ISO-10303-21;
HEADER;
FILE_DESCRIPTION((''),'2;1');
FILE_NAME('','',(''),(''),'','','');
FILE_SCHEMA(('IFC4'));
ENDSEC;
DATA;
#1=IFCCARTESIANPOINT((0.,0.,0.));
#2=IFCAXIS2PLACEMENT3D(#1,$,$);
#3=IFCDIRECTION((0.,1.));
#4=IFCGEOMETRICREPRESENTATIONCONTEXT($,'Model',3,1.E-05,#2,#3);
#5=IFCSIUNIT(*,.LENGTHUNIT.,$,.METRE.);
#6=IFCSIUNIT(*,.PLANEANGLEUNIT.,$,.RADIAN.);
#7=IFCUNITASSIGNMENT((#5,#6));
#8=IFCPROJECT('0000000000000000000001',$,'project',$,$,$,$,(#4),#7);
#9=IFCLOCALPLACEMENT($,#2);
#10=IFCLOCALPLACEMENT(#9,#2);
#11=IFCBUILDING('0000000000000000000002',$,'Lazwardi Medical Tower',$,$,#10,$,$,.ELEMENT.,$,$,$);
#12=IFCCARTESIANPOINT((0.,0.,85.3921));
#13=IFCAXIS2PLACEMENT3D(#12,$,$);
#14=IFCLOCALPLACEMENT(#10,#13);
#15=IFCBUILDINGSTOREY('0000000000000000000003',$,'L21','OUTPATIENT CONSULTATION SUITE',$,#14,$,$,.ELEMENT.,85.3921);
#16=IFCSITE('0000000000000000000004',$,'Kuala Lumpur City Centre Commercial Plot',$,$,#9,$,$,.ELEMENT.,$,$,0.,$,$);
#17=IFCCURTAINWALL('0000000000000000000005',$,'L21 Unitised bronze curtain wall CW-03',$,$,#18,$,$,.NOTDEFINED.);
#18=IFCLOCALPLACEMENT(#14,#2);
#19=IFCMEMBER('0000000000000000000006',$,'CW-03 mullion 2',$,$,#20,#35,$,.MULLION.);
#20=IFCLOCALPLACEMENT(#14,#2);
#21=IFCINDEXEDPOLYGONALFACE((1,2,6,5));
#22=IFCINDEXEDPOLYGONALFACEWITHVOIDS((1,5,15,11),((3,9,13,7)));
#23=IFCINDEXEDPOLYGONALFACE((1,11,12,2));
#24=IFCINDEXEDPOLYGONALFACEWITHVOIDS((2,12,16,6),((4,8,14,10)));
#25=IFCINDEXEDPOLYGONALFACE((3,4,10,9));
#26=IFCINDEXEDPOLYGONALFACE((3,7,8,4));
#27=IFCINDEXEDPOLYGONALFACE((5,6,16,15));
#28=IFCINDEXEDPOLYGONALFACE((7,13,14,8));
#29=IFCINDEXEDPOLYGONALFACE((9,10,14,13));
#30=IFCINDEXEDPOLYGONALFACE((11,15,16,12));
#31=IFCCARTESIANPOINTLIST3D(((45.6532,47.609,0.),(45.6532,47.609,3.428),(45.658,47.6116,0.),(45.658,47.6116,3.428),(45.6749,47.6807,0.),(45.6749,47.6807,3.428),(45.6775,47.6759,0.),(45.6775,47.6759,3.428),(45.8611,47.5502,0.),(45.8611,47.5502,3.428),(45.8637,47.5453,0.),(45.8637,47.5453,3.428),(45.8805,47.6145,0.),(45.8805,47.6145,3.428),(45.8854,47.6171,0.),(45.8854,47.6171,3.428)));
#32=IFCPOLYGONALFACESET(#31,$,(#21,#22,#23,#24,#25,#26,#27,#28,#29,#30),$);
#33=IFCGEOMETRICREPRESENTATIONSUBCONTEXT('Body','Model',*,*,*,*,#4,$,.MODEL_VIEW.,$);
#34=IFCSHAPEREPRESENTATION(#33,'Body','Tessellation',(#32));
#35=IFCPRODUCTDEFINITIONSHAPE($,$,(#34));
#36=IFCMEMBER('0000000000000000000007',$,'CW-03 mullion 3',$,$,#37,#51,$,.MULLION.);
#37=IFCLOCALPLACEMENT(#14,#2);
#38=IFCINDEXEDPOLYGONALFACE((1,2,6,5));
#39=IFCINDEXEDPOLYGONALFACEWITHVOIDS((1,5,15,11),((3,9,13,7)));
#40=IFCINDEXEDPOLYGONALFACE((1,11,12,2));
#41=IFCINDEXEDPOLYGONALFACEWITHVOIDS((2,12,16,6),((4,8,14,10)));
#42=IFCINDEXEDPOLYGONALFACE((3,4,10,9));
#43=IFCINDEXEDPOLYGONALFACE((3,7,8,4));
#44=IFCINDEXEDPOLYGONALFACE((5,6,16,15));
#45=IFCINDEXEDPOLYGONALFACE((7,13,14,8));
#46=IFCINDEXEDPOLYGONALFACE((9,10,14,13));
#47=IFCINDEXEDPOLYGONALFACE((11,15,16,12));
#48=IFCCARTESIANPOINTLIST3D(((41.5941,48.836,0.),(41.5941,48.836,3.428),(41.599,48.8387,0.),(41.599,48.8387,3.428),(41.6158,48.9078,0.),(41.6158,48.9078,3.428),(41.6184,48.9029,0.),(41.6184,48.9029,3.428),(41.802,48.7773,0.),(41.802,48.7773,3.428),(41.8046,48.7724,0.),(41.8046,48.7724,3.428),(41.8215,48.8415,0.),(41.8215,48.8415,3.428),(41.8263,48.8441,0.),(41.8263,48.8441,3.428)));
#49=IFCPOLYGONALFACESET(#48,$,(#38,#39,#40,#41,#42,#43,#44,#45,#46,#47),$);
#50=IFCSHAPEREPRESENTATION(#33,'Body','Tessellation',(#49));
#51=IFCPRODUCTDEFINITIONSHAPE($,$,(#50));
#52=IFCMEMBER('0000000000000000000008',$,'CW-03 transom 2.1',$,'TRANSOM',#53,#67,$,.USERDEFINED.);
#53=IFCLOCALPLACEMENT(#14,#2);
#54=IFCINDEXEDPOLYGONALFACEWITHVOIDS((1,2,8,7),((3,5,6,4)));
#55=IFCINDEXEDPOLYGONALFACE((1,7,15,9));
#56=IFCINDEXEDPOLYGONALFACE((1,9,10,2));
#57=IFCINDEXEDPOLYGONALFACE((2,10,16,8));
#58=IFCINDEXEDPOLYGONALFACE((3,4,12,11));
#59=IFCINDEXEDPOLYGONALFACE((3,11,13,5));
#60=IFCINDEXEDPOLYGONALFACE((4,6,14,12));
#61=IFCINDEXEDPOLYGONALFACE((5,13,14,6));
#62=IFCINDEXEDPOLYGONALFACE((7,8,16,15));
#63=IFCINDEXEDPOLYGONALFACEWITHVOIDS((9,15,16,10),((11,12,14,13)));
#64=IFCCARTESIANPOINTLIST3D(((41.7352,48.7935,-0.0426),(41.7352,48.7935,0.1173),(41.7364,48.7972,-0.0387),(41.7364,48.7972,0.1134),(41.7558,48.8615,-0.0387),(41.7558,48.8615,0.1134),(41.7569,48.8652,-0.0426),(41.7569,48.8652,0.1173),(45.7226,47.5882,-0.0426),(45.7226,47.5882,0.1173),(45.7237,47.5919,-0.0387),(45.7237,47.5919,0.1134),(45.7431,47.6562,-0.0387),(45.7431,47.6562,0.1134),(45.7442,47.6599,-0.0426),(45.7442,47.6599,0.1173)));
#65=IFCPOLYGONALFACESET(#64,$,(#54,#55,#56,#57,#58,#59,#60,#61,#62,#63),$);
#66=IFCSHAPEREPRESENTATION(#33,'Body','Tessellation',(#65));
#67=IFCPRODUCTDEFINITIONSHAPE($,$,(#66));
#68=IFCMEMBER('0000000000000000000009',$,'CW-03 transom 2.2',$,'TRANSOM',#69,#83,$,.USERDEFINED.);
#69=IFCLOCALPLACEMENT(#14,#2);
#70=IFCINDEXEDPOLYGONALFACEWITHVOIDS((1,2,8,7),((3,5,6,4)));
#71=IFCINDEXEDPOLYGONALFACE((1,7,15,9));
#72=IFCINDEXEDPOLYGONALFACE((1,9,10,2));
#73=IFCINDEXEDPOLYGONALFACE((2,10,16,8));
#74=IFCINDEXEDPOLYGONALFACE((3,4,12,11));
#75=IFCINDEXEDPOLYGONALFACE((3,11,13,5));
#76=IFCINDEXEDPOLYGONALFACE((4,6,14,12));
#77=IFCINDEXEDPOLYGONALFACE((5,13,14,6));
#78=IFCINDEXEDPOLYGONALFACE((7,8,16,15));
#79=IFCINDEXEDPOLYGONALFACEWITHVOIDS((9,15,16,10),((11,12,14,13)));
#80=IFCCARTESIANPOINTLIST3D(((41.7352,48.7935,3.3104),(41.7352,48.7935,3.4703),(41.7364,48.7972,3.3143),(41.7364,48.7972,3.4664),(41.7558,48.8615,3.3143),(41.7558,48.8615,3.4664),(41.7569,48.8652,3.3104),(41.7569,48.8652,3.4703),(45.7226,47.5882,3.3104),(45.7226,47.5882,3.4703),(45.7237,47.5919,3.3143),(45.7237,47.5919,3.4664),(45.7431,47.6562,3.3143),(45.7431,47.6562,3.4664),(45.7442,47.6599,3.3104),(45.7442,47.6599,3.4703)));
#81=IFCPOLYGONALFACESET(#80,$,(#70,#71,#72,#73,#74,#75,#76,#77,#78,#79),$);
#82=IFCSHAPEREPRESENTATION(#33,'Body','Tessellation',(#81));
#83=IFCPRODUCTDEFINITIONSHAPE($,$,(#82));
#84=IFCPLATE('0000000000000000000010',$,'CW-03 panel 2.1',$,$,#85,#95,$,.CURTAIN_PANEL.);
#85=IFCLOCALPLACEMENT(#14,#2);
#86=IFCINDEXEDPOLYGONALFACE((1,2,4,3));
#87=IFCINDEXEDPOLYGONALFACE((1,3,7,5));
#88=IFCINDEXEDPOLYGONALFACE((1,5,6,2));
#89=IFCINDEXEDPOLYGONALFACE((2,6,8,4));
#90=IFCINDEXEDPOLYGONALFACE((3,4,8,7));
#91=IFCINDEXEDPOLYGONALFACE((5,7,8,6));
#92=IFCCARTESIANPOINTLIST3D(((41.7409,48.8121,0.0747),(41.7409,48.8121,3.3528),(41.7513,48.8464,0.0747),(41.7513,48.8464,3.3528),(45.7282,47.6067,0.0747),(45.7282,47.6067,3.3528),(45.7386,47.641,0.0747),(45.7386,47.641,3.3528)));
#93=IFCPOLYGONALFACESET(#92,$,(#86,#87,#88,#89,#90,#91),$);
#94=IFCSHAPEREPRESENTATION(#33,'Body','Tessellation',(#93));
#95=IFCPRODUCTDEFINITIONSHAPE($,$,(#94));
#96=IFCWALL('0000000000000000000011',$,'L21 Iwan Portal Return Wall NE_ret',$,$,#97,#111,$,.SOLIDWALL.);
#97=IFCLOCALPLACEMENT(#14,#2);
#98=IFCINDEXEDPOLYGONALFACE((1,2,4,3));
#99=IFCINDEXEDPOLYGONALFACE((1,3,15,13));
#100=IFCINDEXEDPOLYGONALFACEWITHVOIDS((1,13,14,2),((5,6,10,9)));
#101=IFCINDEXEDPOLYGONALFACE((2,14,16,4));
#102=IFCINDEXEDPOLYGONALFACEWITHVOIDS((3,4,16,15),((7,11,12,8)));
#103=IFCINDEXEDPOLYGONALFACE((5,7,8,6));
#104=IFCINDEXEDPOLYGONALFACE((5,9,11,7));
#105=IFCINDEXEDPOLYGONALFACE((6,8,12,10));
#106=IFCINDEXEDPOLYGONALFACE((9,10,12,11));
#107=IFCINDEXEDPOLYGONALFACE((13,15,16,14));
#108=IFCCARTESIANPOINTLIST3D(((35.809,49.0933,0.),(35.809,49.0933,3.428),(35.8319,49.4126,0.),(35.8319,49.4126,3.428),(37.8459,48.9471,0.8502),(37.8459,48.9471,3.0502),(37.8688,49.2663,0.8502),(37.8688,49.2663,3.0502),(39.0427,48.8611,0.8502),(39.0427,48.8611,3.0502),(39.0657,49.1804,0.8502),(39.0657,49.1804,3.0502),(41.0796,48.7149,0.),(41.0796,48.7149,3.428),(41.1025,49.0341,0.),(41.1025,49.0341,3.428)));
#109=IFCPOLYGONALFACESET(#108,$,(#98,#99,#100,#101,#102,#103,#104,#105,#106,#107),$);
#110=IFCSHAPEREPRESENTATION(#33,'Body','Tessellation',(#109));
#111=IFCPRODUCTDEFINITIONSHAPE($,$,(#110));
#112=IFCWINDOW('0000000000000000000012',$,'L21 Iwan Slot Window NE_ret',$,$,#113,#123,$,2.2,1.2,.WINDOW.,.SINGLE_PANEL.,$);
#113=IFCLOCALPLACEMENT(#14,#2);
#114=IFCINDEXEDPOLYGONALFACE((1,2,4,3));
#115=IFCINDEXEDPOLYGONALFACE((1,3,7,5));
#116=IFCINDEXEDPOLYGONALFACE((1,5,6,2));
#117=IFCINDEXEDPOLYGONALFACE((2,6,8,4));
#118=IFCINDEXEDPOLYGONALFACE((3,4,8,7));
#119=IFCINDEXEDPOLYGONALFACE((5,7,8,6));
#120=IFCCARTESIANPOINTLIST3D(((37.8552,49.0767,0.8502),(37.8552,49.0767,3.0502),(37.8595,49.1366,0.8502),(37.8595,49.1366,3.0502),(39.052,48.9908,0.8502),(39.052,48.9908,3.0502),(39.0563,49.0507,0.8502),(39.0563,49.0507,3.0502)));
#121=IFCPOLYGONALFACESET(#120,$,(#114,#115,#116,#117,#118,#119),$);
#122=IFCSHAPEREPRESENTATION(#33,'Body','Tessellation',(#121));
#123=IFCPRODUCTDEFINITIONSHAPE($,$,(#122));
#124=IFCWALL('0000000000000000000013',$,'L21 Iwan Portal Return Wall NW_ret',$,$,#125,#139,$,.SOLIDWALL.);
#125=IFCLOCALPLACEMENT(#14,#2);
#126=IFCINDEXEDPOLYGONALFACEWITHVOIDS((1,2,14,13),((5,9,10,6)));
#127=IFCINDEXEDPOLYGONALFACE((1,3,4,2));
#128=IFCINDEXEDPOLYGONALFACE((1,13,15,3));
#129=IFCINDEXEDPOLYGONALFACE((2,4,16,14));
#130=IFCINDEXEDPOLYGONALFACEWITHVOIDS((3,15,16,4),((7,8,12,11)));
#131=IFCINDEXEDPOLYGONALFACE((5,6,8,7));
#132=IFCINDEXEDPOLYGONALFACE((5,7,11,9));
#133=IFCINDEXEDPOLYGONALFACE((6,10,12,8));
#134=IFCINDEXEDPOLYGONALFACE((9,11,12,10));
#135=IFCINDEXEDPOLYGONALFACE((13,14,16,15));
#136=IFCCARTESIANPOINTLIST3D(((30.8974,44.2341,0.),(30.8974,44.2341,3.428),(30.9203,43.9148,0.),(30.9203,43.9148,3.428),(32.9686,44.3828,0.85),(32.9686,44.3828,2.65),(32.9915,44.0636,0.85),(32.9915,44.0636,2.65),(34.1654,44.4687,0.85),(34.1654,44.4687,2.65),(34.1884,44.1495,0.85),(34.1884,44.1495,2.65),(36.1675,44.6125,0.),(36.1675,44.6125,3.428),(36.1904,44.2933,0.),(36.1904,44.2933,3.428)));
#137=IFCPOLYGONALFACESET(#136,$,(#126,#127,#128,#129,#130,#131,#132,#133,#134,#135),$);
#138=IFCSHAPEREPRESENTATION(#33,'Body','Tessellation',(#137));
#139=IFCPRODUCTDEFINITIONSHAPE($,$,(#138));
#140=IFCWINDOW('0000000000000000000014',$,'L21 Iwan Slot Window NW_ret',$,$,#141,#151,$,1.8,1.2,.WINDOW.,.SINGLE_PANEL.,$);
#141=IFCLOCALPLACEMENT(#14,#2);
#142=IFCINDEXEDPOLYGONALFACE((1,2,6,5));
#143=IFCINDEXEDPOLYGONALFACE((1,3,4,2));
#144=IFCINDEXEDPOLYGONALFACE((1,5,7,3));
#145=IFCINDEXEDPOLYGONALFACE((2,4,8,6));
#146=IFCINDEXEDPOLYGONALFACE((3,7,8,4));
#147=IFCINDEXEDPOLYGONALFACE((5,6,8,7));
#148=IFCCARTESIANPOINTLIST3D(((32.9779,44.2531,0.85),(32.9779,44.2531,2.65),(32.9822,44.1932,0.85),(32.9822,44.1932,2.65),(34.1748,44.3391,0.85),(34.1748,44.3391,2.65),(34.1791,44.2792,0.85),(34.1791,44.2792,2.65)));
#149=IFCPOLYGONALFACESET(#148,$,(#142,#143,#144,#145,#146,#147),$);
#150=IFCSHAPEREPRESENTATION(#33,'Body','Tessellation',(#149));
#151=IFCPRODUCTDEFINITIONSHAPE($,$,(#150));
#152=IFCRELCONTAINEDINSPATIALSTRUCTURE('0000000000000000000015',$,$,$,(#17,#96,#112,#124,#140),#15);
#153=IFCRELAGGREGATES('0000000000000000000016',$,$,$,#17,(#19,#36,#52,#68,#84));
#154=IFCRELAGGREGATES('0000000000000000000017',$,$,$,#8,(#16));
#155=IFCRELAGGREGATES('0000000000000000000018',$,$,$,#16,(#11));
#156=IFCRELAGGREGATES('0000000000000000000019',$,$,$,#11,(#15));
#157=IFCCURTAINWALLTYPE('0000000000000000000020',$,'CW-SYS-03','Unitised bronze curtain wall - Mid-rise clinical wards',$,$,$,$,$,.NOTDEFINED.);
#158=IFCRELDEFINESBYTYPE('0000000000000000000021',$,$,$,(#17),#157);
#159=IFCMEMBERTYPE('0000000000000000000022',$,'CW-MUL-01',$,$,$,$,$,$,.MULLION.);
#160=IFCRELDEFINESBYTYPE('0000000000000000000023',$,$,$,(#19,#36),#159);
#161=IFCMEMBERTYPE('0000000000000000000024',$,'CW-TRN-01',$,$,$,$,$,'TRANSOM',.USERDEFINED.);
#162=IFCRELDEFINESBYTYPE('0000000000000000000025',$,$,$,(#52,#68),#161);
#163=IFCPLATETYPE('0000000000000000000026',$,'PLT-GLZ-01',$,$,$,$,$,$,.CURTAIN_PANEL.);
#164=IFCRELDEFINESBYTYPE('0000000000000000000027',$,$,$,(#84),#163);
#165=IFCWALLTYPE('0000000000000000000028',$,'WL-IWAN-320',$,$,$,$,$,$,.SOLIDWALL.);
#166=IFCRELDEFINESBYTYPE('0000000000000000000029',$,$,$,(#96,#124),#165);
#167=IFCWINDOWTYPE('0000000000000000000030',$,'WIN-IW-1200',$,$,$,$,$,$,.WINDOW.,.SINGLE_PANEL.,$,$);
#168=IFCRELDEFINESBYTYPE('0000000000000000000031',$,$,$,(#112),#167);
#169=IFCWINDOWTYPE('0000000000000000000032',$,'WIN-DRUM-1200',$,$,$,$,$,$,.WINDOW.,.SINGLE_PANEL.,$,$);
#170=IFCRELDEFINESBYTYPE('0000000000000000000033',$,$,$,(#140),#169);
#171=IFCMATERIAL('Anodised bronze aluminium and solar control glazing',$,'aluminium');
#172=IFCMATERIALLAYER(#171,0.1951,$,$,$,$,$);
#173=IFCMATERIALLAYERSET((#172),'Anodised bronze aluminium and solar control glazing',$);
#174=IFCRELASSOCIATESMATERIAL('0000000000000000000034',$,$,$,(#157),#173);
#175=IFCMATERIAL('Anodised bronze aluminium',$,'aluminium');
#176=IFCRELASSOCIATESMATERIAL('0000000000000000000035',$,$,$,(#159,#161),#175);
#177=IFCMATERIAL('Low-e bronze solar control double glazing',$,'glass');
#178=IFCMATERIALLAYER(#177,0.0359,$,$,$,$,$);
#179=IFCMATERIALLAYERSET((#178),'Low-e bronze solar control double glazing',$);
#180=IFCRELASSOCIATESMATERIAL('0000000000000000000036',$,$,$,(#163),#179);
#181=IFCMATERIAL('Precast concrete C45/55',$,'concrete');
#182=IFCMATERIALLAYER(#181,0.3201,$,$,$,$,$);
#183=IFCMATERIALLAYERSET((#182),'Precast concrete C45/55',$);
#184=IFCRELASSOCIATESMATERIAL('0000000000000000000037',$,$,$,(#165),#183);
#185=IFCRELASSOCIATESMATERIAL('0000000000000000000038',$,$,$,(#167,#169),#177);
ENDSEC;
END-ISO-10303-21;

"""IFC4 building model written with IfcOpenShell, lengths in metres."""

from ifc_helpers import new_model, si_unit, direction, frame, frame_2d, origin, origin_2d, place, context, subcontext, project, spatial, rectangle, hollow_rectangle, extrude, material, layer, layer_set, material_profile, profile_set, type_object, element, fill, aggregate, save


model = new_model("IFC4")

# Units and contexts
model_context = context("Model", 3, precision=1e-05, world=origin(), true_north=direction((0.0, 1.0)))
body_context = subcontext(model_context, "Body", "Model", "MODEL_VIEW")
ifc_project = project(units=[si_unit("LENGTHUNIT", "METRE"), si_unit("PLANEANGLEUNIT", "RADIAN")], contexts=[model_context])

# Site, building, storey
site_placement = place(None, origin())
site = spatial("IfcSite", under=ifc_project, at=site_placement, Name="Kuala Lumpur City Centre Commercial Plot", CompositionType="ELEMENT", RefElevation=0.0)
building_placement = place(site_placement, origin())
building = spatial("IfcBuilding", under=site, at=building_placement, Name="Lazwardi Medical Tower", CompositionType="ELEMENT")
storey_placement = place(building_placement, frame((0.0, 0.0, 85.3921)))
storey = spatial("IfcBuildingStorey", under=building, at=storey_placement, Name="L21", Description="OUTPATIENT CONSULTATION SUITE", CompositionType="ELEMENT", Elevation=85.3921)

# Curtain wall, members, plate
ifc_material_1 = material(Name="Anodised bronze aluminium and solar control glazing", Category="aluminium")
ifc_layer_1 = layer(ifc_material_1, 0.1951)
ifc_layer_set_1 = layer_set([ifc_layer_1], Name="Anodised bronze aluminium and solar control glazing")
curtain_wall_type = type_object("IfcCurtainWallType", Name="CW-SYS-03", Description="Unitised bronze curtain wall - Mid-rise clinical wards", PredefinedType="NOTDEFINED", material=ifc_layer_set_1)
curtain_wall_placement = place(storey_placement, origin())
curtain_wall = element("IfcCurtainWall", 1, at=curtain_wall_placement, inside=storey, type_object=curtain_wall_type, Name="L21 Unitised bronze curtain wall CW-03", PredefinedType="NOTDEFINED")
ifc_material_2 = material(Name="Anodised bronze aluminium", Category="aluminium")
ifc_material_profile_1 = material_profile(ifc_material_2, hollow_rectangle(XDim=0.075, YDim=0.22, WallThickness=0.0039, at=origin_2d()), Name="ALU-MULLION 220x75x4")
ifc_profile_set_1 = profile_set([ifc_material_profile_1], Name="Anodised bronze aluminium")
member_type_1 = type_object("IfcMemberType", Name="CW-MUL-01", PredefinedType="MULLION", material=ifc_profile_set_1)
member_1_placement = place(storey_placement, frame((45.7693, 47.613, 0.0), z_axis=(0.0, 0.0, 1.0), x_axis=(-0.289374, -0.957216, 0.0)))
member_1 = element("IfcMember", 2, at=member_1_placement, type_object=member_type_1, Name="CW-03 mullion 2", PredefinedType="MULLION", context=body_context, shape_type="SweptSolid", body=[
    extrude(hollow_rectangle(XDim=0.075, YDim=0.22, WallThickness=0.0039, at=origin_2d()), origin(), (0.0, 0.0, 1.0), 3.428),
])
member_2_placement = place(storey_placement, frame((41.7102, 48.8401, 0.0), z_axis=(0.0, 0.0, 1.0), x_axis=(-0.289374, -0.957216, 0.0)))
member_2 = element("IfcMember", 3, at=member_2_placement, type_object=member_type_1, Name="CW-03 mullion 3", PredefinedType="MULLION", context=body_context, shape_type="SweptSolid", body=[
    extrude(hollow_rectangle(XDim=0.075, YDim=0.22, WallThickness=0.0039, at=origin_2d()), origin(), (0.0, 0.0, 1.0), 3.428),
])
ifc_material_profile_2 = material_profile(ifc_material_2, hollow_rectangle(XDim=0.075, YDim=0.1599, WallThickness=0.0039, at=origin_2d()), Name="ALU-TRANSOM 160x75x4")
ifc_profile_set_2 = profile_set([ifc_material_profile_2], Name="Anodised bronze aluminium")
member_type_2 = type_object("IfcMemberType", Name="CW-TRN-01", ElementType="TRANSOM", PredefinedType="USERDEFINED", material=ifc_profile_set_2)
member_3_placement = place(storey_placement, frame((45.7334, 47.624, 0.0374), z_axis=(-0.957221, 0.289358, 0.0), x_axis=(-0.289358, -0.957221, 0.0)))
member_3 = element("IfcMember", 4, at=member_3_placement, type_object=member_type_2, Name="CW-03 transom 2.1", ObjectType="TRANSOM", PredefinedType="USERDEFINED", context=body_context, shape_type="SweptSolid", body=[
    extrude(hollow_rectangle(XDim=0.075, YDim=0.1599, WallThickness=0.0039, at=origin_2d()), origin(), (0.0, 0.0, 1.0), 4.1655),
])
member_4_placement = place(storey_placement, frame((45.7334, 47.624, 3.3904), z_axis=(-0.957221, 0.289358, 0.0), x_axis=(-0.289358, -0.957221, 0.0)))
member_4 = element("IfcMember", 5, at=member_4_placement, type_object=member_type_2, Name="CW-03 transom 2.2", ObjectType="TRANSOM", PredefinedType="USERDEFINED", context=body_context, shape_type="SweptSolid", body=[
    extrude(hollow_rectangle(XDim=0.075, YDim=0.1599, WallThickness=0.0039, at=origin_2d()), origin(), (0.0, 0.0, 1.0), 4.1655),
])
ifc_material_3 = material(Name="Low-e bronze solar control double glazing", Category="glass")
ifc_layer_2 = layer(ifc_material_3, 0.0359)
ifc_layer_set_2 = layer_set([ifc_layer_2], Name="Low-e bronze solar control double glazing")
plate_type = type_object("IfcPlateType", Name="PLT-GLZ-01", PredefinedType="CURTAIN_PANEL", material=ifc_layer_set_2)
plate_placement = place(storey_placement, frame((43.7397, 48.2266, 0.0747), z_axis=(0.0, 0.0, 1.0), x_axis=(-0.957216, 0.289374, 0.0)))
plate = element("IfcPlate", 6, at=plate_placement, type_object=plate_type, Name="CW-03 panel 2.1", PredefinedType="CURTAIN_PANEL", context=body_context, shape_type="SweptSolid", body=[
    extrude(rectangle(XDim=4.1655, YDim=0.0359, at=origin_2d()), origin(), (0.0, 0.0, 1.0), 3.2781),
])
aggregate(curtain_wall, [member_1, member_2, member_3, member_4, plate])

# Walls, openings, windows
ifc_material_4 = material(Name="Precast concrete C45/55", Category="concrete")
ifc_layer_3 = layer(ifc_material_4, 0.3201)
ifc_layer_set_3 = layer_set([ifc_layer_3], Name="Precast concrete C45/55")
wall_type_1 = type_object("IfcWallType", Name="WL-IWAN-320", PredefinedType="SOLIDWALL", material=ifc_layer_set_3)
wall_1_placement = place(storey_placement, frame((41.0911, 48.8745, 0.0), z_axis=(0.0, 0.0, 1.0), x_axis=(-0.997432, 0.071615, 0.0)))
wall_1 = element("IfcWall", 7, at=wall_1_placement, inside=storey, type_object=wall_type_1, Name="L21 Iwan Portal Return Wall NE_ret", PredefinedType="SOLIDWALL", context=body_context, shape_type="SweptSolid", body=[
    extrude(rectangle(XDim=5.2842, YDim=0.3201, at=frame_2d((2.6421, 0.0))), origin(), (0.0, 0.0, 1.0), 3.428),
])
opening_1_placement = place(wall_1_placement, frame((2.042, 0.0, 0.8501)))
opening_1 = element("IfcOpeningElement", 8, at=opening_1_placement, cuts=wall_1, PredefinedType="OPENING", context=body_context, shape_type="SweptSolid", body=[
    extrude(rectangle(XDim=1.2, YDim=2.2, at=frame_2d((0.6001, 1.1001))), frame((0.0, 0.1699, 0.0), z_axis=(0.0, -1.0, 0.0), x_axis=(1.0, 0.0, 0.0)), (0.0, 0.0, 1.0), 0.3401),
])
window_type_1 = type_object("IfcWindowType", Name="WIN-IW-1200", PartitioningType="SINGLE_PANEL", PredefinedType="WINDOW", material=ifc_material_3)
window_1_placement = place(opening_1_placement, origin())
window_1 = element("IfcWindow", 9, at=window_1_placement, inside=storey, type_object=window_type_1, Name="L21 Iwan Slot Window NE_ret", OverallHeight=2.2, OverallWidth=1.2, PartitioningType="SINGLE_PANEL", PredefinedType="WINDOW", context=body_context, shape_type="SweptSolid", body=[
    extrude(rectangle(XDim=1.2, YDim=2.2, at=frame_2d((0.6001, 1.1001))), frame((0.0, 0.03, 0.0), z_axis=(0.0, -1.0, 0.0), x_axis=(1.0, 0.0, 0.0)), (0.0, 0.0, 1.0), 0.0601),
])
fill(opening_1, window_1)
wall_2_placement = place(storey_placement, frame((36.179, 44.4529, 0.0), z_axis=(0.0, 0.0, 1.0), x_axis=(-0.997432, -0.071621, 0.0)))
wall_2 = element("IfcWall", 10, at=wall_2_placement, inside=storey, type_object=wall_type_1, Name="L21 Iwan Portal Return Wall NW_ret", PredefinedType="SOLIDWALL", context=body_context, shape_type="SweptSolid", body=[
    extrude(rectangle(XDim=5.2837, YDim=0.3201, at=frame_2d((2.6418, 0.0))), origin(), (0.0, 0.0, 1.0), 3.428),
])
opening_2_placement = place(wall_2_placement, frame((2.0071, 0.0, 0.8501)))
opening_2 = element("IfcOpeningElement", 11, at=opening_2_placement, cuts=wall_2, PredefinedType="OPENING", context=body_context, shape_type="SweptSolid", body=[
    extrude(rectangle(XDim=1.2, YDim=1.8, at=frame_2d((0.6001, 0.8999))), frame((0.0, 0.1699, 0.0), z_axis=(0.0, -1.0, 0.0), x_axis=(1.0, 0.0, 0.0)), (0.0, 0.0, 1.0), 0.3401),
])
window_type_2 = type_object("IfcWindowType", Name="WIN-DRUM-1200", PartitioningType="SINGLE_PANEL", PredefinedType="WINDOW", material=ifc_material_3)
window_2_placement = place(opening_2_placement, origin())
window_2 = element("IfcWindow", 12, at=window_2_placement, inside=storey, type_object=window_type_2, Name="L21 Iwan Slot Window NW_ret", OverallHeight=1.8, OverallWidth=1.2, PartitioningType="SINGLE_PANEL", PredefinedType="WINDOW", context=body_context, shape_type="SweptSolid", body=[
    extrude(rectangle(XDim=1.2, YDim=1.8, at=frame_2d((0.6001, 0.8999))), frame((0.0, 0.03, 0.0), z_axis=(0.0, -1.0, 0.0), x_axis=(1.0, 0.0, 0.0)), (0.0, 0.0, 1.0), 0.0601),
])
fill(opening_2, window_2)

save(model, "model.ifc")
